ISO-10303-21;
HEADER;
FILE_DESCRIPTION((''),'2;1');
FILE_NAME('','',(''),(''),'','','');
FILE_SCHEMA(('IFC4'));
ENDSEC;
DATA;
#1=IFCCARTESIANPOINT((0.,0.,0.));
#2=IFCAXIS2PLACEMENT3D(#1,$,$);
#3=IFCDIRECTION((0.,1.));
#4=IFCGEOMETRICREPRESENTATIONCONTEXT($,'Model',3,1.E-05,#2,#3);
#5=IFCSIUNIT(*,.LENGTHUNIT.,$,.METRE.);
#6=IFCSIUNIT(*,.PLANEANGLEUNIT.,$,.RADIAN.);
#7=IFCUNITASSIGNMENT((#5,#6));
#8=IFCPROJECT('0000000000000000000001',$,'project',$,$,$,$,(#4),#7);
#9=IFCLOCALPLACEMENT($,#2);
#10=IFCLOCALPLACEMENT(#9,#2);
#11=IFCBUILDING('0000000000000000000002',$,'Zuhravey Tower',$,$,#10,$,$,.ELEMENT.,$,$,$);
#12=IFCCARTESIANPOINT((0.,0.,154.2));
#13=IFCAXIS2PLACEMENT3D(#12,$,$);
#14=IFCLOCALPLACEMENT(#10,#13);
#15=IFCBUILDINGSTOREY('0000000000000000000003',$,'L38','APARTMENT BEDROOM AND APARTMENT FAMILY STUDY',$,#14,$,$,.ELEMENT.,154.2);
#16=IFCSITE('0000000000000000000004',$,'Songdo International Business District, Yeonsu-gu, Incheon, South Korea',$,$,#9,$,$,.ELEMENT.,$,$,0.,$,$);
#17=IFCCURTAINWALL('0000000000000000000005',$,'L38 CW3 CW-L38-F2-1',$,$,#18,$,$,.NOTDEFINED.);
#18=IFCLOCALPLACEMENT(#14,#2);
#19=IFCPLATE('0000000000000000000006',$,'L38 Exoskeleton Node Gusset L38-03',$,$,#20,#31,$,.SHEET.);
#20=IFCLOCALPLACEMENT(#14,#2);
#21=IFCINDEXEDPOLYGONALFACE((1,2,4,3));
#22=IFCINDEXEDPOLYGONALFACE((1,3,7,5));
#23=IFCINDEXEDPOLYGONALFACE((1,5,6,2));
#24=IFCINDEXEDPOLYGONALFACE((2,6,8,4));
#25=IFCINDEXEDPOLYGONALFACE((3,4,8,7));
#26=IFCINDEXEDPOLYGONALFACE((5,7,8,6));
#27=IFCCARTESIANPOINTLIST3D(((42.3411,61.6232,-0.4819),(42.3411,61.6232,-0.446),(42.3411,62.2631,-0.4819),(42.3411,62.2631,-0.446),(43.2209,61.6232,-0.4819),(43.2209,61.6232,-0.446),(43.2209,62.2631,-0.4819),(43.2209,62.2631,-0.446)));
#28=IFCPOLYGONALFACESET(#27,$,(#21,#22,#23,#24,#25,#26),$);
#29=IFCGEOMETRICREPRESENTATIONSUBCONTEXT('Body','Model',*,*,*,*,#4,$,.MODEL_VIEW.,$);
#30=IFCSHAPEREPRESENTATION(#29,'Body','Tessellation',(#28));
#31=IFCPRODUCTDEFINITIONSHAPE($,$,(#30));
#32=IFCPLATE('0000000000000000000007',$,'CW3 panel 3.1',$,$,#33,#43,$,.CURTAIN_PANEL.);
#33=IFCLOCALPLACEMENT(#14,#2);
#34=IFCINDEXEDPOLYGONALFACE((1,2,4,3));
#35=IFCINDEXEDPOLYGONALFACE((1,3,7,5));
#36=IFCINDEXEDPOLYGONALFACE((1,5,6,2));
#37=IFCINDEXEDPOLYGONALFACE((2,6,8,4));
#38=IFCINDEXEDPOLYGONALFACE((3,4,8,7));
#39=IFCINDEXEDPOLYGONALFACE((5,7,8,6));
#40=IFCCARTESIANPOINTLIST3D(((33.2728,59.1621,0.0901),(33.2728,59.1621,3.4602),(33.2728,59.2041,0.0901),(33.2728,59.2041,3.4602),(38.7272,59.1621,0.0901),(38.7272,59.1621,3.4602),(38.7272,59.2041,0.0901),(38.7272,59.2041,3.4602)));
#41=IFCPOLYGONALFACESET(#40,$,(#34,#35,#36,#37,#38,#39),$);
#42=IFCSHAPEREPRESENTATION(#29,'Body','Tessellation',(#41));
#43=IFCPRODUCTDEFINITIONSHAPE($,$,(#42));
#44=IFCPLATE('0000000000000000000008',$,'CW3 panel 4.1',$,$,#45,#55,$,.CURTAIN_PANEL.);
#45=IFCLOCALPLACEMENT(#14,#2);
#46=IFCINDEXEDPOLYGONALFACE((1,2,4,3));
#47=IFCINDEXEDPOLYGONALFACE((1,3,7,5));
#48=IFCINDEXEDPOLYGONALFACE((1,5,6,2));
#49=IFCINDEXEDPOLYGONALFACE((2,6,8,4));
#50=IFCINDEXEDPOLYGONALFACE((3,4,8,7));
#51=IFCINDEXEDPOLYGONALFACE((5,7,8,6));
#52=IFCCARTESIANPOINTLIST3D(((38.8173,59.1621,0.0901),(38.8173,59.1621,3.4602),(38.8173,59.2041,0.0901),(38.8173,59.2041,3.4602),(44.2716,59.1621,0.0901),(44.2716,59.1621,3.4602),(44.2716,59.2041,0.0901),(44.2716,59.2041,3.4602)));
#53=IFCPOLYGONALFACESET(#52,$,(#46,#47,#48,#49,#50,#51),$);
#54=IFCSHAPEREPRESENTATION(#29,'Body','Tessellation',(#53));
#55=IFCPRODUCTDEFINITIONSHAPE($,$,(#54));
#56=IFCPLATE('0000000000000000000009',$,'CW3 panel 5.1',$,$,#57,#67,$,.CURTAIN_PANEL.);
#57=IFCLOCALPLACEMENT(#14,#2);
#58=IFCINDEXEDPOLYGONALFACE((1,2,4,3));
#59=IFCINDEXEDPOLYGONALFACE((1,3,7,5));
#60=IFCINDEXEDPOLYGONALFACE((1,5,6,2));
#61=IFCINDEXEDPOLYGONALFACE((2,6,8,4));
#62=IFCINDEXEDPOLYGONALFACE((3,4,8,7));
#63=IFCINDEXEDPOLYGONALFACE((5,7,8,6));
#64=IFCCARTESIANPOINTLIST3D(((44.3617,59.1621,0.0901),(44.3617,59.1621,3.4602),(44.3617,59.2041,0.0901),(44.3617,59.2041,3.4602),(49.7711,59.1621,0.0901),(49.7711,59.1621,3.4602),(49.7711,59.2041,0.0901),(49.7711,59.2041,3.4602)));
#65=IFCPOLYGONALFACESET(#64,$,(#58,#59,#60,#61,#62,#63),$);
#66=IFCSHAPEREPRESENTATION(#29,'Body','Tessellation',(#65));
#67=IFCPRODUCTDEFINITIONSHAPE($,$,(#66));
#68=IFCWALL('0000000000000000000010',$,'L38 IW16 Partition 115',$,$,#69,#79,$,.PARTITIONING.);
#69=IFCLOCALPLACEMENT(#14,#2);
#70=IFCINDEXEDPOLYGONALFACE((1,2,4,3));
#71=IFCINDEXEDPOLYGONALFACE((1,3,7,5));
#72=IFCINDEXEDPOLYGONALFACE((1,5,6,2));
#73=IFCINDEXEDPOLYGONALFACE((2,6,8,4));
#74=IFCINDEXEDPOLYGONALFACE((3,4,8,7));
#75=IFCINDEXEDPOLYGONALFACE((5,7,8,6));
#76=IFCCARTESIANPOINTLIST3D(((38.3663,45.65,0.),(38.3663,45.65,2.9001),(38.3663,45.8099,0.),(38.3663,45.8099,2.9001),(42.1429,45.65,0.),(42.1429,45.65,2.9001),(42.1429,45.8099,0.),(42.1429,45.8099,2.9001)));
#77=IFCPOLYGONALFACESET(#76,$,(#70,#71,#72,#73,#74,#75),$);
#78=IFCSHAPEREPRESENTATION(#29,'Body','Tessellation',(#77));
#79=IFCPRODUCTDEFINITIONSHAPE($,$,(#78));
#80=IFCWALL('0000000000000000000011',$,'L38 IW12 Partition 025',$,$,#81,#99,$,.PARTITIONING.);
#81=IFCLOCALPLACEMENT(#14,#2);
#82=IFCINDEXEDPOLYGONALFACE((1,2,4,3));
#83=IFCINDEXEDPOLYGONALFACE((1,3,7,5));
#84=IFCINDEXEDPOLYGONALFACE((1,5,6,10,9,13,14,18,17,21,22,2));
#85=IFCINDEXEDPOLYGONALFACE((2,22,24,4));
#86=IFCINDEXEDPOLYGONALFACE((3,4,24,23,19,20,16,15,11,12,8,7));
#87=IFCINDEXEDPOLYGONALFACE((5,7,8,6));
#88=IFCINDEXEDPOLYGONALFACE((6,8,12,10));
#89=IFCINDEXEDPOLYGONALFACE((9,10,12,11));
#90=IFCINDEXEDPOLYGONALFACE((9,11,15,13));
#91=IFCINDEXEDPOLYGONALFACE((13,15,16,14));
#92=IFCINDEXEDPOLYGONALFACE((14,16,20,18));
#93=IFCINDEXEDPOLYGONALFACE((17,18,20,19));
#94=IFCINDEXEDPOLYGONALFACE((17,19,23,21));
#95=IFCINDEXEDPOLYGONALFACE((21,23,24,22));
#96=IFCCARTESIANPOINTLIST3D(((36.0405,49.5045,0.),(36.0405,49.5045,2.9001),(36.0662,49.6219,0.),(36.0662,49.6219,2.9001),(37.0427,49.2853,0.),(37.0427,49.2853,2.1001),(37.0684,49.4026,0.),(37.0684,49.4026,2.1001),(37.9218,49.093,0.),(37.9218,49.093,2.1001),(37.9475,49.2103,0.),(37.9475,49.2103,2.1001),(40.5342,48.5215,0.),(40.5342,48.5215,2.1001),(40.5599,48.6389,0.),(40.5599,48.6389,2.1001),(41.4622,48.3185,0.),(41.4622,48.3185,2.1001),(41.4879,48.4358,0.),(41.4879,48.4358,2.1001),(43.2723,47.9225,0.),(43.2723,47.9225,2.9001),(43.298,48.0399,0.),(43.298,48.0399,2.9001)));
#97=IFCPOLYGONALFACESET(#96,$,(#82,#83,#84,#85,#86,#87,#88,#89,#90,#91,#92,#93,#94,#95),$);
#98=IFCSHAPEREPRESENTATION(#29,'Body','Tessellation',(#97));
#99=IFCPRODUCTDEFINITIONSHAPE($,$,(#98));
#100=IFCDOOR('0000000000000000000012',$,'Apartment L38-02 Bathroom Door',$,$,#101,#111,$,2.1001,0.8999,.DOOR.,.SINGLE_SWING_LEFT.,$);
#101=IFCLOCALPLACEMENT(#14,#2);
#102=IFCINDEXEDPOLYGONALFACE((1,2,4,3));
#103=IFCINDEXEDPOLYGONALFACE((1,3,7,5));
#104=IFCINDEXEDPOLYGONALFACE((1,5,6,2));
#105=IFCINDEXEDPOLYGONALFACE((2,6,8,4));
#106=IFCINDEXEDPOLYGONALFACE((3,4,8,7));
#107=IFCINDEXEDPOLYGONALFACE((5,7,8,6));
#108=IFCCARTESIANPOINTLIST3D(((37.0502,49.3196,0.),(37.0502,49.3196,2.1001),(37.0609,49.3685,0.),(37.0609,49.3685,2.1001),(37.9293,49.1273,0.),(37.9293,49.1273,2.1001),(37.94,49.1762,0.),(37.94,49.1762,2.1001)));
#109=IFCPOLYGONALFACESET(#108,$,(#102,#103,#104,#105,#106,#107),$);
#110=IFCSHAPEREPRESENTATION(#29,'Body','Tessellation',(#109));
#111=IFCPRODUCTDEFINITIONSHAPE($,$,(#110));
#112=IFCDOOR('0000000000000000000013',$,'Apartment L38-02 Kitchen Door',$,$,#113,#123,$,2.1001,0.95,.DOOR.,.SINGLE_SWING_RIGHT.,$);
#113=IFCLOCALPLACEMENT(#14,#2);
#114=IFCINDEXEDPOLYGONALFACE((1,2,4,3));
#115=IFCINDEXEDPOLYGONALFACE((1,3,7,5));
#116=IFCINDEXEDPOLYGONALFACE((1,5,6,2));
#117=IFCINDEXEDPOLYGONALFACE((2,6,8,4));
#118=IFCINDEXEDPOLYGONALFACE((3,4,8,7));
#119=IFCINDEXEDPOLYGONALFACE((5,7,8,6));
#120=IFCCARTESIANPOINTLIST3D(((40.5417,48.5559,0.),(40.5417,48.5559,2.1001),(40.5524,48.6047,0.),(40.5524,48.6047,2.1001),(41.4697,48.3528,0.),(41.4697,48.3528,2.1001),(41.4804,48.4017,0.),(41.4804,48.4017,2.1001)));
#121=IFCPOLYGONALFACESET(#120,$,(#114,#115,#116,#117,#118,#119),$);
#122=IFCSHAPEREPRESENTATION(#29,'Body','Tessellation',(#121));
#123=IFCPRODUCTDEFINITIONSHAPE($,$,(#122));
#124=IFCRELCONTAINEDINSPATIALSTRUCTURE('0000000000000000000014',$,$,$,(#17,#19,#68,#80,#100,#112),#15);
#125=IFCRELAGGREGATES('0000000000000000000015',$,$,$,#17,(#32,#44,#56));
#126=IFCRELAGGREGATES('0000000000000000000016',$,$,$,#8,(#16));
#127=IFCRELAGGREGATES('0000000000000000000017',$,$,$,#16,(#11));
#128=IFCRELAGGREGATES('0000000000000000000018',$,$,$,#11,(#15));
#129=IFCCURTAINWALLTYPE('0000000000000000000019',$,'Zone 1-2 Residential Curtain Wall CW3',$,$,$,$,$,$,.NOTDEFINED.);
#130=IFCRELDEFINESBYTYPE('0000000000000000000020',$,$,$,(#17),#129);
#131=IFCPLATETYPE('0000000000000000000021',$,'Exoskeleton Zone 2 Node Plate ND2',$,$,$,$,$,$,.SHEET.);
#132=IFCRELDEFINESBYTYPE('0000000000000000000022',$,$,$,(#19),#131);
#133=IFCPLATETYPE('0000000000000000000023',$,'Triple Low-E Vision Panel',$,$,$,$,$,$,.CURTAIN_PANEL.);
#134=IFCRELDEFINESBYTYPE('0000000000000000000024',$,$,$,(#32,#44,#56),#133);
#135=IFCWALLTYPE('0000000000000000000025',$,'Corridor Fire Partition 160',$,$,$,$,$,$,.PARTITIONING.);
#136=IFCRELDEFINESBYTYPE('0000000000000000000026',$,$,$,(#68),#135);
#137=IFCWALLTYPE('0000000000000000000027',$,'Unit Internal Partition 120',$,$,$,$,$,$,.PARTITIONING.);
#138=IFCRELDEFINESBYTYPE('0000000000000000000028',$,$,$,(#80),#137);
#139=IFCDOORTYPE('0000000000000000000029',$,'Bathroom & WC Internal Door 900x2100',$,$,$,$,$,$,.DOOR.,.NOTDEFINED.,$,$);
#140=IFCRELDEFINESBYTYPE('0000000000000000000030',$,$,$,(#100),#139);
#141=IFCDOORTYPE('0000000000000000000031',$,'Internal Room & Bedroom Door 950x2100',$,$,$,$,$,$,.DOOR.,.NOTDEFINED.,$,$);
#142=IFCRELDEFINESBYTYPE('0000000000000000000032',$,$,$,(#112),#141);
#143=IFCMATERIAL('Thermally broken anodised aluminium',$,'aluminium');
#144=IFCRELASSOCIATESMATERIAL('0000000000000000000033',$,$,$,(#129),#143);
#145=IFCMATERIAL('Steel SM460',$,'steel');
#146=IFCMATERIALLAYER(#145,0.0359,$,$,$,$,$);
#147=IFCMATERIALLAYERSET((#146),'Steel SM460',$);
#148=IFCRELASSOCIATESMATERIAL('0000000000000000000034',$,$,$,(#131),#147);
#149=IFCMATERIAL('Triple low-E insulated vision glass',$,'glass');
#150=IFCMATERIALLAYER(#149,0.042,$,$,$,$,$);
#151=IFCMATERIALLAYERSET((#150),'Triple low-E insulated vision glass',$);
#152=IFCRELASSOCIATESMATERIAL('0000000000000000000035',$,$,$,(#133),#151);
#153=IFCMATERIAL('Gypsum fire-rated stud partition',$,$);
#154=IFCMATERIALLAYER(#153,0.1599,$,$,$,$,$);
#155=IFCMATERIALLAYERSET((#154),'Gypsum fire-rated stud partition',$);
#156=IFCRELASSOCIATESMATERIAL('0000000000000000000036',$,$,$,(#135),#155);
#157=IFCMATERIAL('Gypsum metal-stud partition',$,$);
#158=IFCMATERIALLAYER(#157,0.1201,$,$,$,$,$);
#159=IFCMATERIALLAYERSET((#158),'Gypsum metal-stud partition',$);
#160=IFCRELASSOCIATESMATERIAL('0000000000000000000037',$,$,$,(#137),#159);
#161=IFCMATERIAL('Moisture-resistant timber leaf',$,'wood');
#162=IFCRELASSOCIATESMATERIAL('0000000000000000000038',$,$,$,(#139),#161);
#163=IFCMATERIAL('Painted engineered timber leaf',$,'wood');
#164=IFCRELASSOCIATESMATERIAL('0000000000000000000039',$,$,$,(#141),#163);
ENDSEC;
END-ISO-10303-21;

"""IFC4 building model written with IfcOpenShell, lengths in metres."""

from ifc_helpers import new_model, si_unit, direction, frame, frame_2d, origin, origin_2d, place, context, subcontext, project, spatial, rectangle, extrude, material, layer, layer_set, type_object, element, fill, aggregate, save


model = new_model("IFC4")

# Units and contexts
model_context = context("Model", 3, precision=1e-05, world=origin(), true_north=direction((0.0, 1.0)))
body_context = subcontext(model_context, "Body", "Model", "MODEL_VIEW")
ifc_project = project(units=[si_unit("LENGTHUNIT", "METRE"), si_unit("PLANEANGLEUNIT", "RADIAN")], contexts=[model_context])

# Site, building, storey
site_placement = place(None, origin())
site = spatial("IfcSite", under=ifc_project, at=site_placement, Name="Songdo International Business District, Yeonsu-gu, Incheon, South Korea", CompositionType="ELEMENT", RefElevation=0.0)
building_placement = place(site_placement, origin())
building = spatial("IfcBuilding", under=site, at=building_placement, Name="Zuhravey Tower", CompositionType="ELEMENT")
storey_placement = place(building_placement, frame((0.0, 0.0, 154.2)))
storey = spatial("IfcBuildingStorey", under=building, at=storey_placement, Name="L38", Description="APARTMENT BEDROOM AND APARTMENT FAMILY STUDY", CompositionType="ELEMENT", Elevation=154.2)

# Curtain wall
ifc_material_1 = material(Name="Thermally broken anodised aluminium", Category="aluminium")
curtain_wall_type = type_object("IfcCurtainWallType", Name="Zone 1-2 Residential Curtain Wall CW3", PredefinedType="NOTDEFINED", material=ifc_material_1)
curtain_wall_placement = place(storey_placement, origin())
curtain_wall = element("IfcCurtainWall", 1, at=curtain_wall_placement, inside=storey, type_object=curtain_wall_type, Name="L38 CW3 CW-L38-F2-1", PredefinedType="NOTDEFINED")

# Shared definitions
ifc_material_2 = material(Name="Steel SM460", Category="steel")

# Plates
ifc_layer_1 = layer(ifc_material_2, 0.0359)
ifc_layer_set_1 = layer_set([ifc_layer_1], Name="Steel SM460")
plate_type_1 = type_object("IfcPlateType", Name="Exoskeleton Zone 2 Node Plate ND2", PredefinedType="SHEET", material=ifc_layer_set_1)
plate_1_placement = place(storey_placement, frame((42.781, 61.9431, -0.4819), z_axis=(0.0, 0.0, 1.0), x_axis=(-1.0, 0.0, 0.0)))
element("IfcPlate", 2, at=plate_1_placement, inside=storey, type_object=plate_type_1, Name="L38 Exoskeleton Node Gusset L38-03", PredefinedType="SHEET", context=body_context, shape_type="SweptSolid", body=[
    extrude(rectangle(XDim=0.8799, YDim=0.6399, at=origin_2d()), origin(), (0.0, 0.0, 1.0), 0.0359),
])
ifc_material_3 = material(Name="Triple low-E insulated vision glass", Category="glass")
ifc_layer_2 = layer(ifc_material_3, 0.042)
ifc_layer_set_2 = layer_set([ifc_layer_2], Name="Triple low-E insulated vision glass")
plate_type_2 = type_object("IfcPlateType", Name="Triple Low-E Vision Panel", PredefinedType="CURTAIN_PANEL", material=ifc_layer_set_2)
plate_2_placement = place(storey_placement, frame((36.0, 59.1831, 0.0901), z_axis=(0.0, 0.0, 1.0), x_axis=(1.0, 0.0, 0.0)))
plate_2 = element("IfcPlate", 3, at=plate_2_placement, type_object=plate_type_2, Name="CW3 panel 3.1", PredefinedType="CURTAIN_PANEL", context=body_context, shape_type="SweptSolid", body=[
    extrude(rectangle(XDim=5.4543, YDim=0.042, at=origin_2d()), origin(), (0.0, 0.0, 1.0), 3.3701),
])
plate_3_placement = place(storey_placement, frame((41.5444, 59.1831, 0.0901), z_axis=(0.0, 0.0, 1.0), x_axis=(1.0, 0.0, 0.0)))
plate_3 = element("IfcPlate", 4, at=plate_3_placement, type_object=plate_type_2, Name="CW3 panel 4.1", PredefinedType="CURTAIN_PANEL", context=body_context, shape_type="SweptSolid", body=[
    extrude(rectangle(XDim=5.4543, YDim=0.042, at=origin_2d()), origin(), (0.0, 0.0, 1.0), 3.3701),
])
plate_4_placement = place(storey_placement, frame((47.0664, 59.1831, 0.0901), z_axis=(0.0, 0.0, 1.0), x_axis=(1.0, 0.0, 0.0)))
plate_4 = element("IfcPlate", 5, at=plate_4_placement, type_object=plate_type_2, Name="CW3 panel 5.1", PredefinedType="CURTAIN_PANEL", context=body_context, shape_type="SweptSolid", body=[
    extrude(rectangle(XDim=5.4094, YDim=0.042, at=origin_2d()), origin(), (0.0, 0.0, 1.0), 3.3701),
])
aggregate(curtain_wall, [plate_2, plate_3, plate_4])

# Shared definitions
ifc_material_4 = material(Name="Gypsum fire-rated stud partition")
ifc_layer_3 = layer(ifc_material_4, 0.1599)
ifc_layer_set_3 = layer_set([ifc_layer_3], Name="Gypsum fire-rated stud partition")
wall_type_1 = type_object("IfcWallType", Name="Corridor Fire Partition 160", PredefinedType="PARTITIONING", material=ifc_layer_set_3)

# Wall
wall_1_placement = place(storey_placement, frame((42.1428, 45.73, 0.0), z_axis=(0.0, 0.0, 1.0), x_axis=(-1.0, 0.0, 0.0)))
element("IfcWall", 6, at=wall_1_placement, inside=storey, type_object=wall_type_1, Name="L38 IW16 Partition 115", PredefinedType="PARTITIONING", context=body_context, shape_type="SweptSolid", body=[
    extrude(rectangle(XDim=3.7766, YDim=0.1599, at=frame_2d((1.8882, 0.0))), origin(), (0.0, 0.0, 1.0), 2.9001),
])

# Wall, openings, doors
ifc_material_5 = material(Name="Gypsum metal-stud partition")
ifc_layer_4 = layer(ifc_material_5, 0.1201)
ifc_layer_set_4 = layer_set([ifc_layer_4], Name="Gypsum metal-stud partition")
wall_type_2 = type_object("IfcWallType", Name="Unit Internal Partition 120", PredefinedType="PARTITIONING", material=ifc_layer_set_4)
wall_2_placement = place(storey_placement, frame((43.2852, 47.9812, 0.0), z_axis=(0.0, 0.0, 1.0), x_axis=(-0.976899, 0.213703, 0.0)))
wall_2 = element("IfcWall", 7, at=wall_2_placement, inside=storey, type_object=wall_type_2, Name="L38 IW12 Partition 025", PredefinedType="PARTITIONING", context=body_context, shape_type="SweptSolid", body=[
    extrude(rectangle(XDim=7.4028, YDim=0.1201, at=frame_2d((3.7014, 0.0))), origin(), (0.0, 0.0, 1.0), 2.9001),
])
opening_1_placement = place(wall_2_placement, frame((1.8528, 0.0, 0.0)))
opening_1 = element("IfcOpeningElement", 8, at=opening_1_placement, cuts=wall_2, PredefinedType="OPENING", context=body_context, shape_type="SweptSolid", body=[
    extrude(rectangle(XDim=0.95, YDim=2.1001, at=frame_2d((0.4751, 1.05))), frame((0.0, 0.072, 0.0), z_axis=(0.0, -1.0, 0.0), x_axis=(1.0, 0.0, 0.0)), (0.0, 0.0, 1.0), 0.144),
])
opening_2_placement = place(wall_2_placement, frame((5.4771, 0.0, 0.0)))
opening_2 = element("IfcOpeningElement", 9, at=opening_2_placement, cuts=wall_2, PredefinedType="OPENING", context=body_context, shape_type="SweptSolid", body=[
    extrude(rectangle(XDim=0.8999, YDim=2.1001, at=frame_2d((0.45, 1.05))), frame((0.0, 0.072, 0.0), z_axis=(0.0, -1.0, 0.0), x_axis=(1.0, 0.0, 0.0)), (0.0, 0.0, 1.0), 0.144),
])
ifc_material_6 = material(Name="Moisture-resistant timber leaf", Category="wood")
door_type_1 = type_object("IfcDoorType", Name="Bathroom & WC Internal Door 900x2100", OperationType="NOTDEFINED", PredefinedType="DOOR", material=ifc_material_6)
door_1_placement = place(opening_2_placement, origin())
door_1 = element("IfcDoor", 10, at=door_1_placement, inside=storey, type_object=door_type_1, Name="Apartment L38-02 Bathroom Door", OperationType="SINGLE_SWING_LEFT", OverallHeight=2.1001, OverallWidth=0.8999, PredefinedType="DOOR", context=body_context, shape_type="SweptSolid", body=[
    extrude(rectangle(XDim=0.8999, YDim=2.1001, at=frame_2d((0.45, 1.05))), frame((0.0, 0.0249, 0.0), z_axis=(0.0, -1.0, 0.0), x_axis=(1.0, 0.0, 0.0)), (0.0, 0.0, 1.0), 0.05),
])
fill(opening_2, door_1)
ifc_material_7 = material(Name="Painted engineered timber leaf", Category="wood")
door_type_2 = type_object("IfcDoorType", Name="Internal Room & Bedroom Door 950x2100", OperationType="NOTDEFINED", PredefinedType="DOOR", material=ifc_material_7)
door_2_placement = place(opening_1_placement, origin())
door_2 = element("IfcDoor", 11, at=door_2_placement, inside=storey, type_object=door_type_2, Name="Apartment L38-02 Kitchen Door", OperationType="SINGLE_SWING_RIGHT", OverallHeight=2.1001, OverallWidth=0.95, PredefinedType="DOOR", context=body_context, shape_type="SweptSolid", body=[
    extrude(rectangle(XDim=0.95, YDim=2.1001, at=frame_2d((0.4751, 1.05))), frame((0.0, 0.0249, 0.0), z_axis=(0.0, -1.0, 0.0), x_axis=(1.0, 0.0, 0.0)), (0.0, 0.0, 1.0), 0.05),
])
fill(opening_1, door_2)

save(model, "model.ifc")
